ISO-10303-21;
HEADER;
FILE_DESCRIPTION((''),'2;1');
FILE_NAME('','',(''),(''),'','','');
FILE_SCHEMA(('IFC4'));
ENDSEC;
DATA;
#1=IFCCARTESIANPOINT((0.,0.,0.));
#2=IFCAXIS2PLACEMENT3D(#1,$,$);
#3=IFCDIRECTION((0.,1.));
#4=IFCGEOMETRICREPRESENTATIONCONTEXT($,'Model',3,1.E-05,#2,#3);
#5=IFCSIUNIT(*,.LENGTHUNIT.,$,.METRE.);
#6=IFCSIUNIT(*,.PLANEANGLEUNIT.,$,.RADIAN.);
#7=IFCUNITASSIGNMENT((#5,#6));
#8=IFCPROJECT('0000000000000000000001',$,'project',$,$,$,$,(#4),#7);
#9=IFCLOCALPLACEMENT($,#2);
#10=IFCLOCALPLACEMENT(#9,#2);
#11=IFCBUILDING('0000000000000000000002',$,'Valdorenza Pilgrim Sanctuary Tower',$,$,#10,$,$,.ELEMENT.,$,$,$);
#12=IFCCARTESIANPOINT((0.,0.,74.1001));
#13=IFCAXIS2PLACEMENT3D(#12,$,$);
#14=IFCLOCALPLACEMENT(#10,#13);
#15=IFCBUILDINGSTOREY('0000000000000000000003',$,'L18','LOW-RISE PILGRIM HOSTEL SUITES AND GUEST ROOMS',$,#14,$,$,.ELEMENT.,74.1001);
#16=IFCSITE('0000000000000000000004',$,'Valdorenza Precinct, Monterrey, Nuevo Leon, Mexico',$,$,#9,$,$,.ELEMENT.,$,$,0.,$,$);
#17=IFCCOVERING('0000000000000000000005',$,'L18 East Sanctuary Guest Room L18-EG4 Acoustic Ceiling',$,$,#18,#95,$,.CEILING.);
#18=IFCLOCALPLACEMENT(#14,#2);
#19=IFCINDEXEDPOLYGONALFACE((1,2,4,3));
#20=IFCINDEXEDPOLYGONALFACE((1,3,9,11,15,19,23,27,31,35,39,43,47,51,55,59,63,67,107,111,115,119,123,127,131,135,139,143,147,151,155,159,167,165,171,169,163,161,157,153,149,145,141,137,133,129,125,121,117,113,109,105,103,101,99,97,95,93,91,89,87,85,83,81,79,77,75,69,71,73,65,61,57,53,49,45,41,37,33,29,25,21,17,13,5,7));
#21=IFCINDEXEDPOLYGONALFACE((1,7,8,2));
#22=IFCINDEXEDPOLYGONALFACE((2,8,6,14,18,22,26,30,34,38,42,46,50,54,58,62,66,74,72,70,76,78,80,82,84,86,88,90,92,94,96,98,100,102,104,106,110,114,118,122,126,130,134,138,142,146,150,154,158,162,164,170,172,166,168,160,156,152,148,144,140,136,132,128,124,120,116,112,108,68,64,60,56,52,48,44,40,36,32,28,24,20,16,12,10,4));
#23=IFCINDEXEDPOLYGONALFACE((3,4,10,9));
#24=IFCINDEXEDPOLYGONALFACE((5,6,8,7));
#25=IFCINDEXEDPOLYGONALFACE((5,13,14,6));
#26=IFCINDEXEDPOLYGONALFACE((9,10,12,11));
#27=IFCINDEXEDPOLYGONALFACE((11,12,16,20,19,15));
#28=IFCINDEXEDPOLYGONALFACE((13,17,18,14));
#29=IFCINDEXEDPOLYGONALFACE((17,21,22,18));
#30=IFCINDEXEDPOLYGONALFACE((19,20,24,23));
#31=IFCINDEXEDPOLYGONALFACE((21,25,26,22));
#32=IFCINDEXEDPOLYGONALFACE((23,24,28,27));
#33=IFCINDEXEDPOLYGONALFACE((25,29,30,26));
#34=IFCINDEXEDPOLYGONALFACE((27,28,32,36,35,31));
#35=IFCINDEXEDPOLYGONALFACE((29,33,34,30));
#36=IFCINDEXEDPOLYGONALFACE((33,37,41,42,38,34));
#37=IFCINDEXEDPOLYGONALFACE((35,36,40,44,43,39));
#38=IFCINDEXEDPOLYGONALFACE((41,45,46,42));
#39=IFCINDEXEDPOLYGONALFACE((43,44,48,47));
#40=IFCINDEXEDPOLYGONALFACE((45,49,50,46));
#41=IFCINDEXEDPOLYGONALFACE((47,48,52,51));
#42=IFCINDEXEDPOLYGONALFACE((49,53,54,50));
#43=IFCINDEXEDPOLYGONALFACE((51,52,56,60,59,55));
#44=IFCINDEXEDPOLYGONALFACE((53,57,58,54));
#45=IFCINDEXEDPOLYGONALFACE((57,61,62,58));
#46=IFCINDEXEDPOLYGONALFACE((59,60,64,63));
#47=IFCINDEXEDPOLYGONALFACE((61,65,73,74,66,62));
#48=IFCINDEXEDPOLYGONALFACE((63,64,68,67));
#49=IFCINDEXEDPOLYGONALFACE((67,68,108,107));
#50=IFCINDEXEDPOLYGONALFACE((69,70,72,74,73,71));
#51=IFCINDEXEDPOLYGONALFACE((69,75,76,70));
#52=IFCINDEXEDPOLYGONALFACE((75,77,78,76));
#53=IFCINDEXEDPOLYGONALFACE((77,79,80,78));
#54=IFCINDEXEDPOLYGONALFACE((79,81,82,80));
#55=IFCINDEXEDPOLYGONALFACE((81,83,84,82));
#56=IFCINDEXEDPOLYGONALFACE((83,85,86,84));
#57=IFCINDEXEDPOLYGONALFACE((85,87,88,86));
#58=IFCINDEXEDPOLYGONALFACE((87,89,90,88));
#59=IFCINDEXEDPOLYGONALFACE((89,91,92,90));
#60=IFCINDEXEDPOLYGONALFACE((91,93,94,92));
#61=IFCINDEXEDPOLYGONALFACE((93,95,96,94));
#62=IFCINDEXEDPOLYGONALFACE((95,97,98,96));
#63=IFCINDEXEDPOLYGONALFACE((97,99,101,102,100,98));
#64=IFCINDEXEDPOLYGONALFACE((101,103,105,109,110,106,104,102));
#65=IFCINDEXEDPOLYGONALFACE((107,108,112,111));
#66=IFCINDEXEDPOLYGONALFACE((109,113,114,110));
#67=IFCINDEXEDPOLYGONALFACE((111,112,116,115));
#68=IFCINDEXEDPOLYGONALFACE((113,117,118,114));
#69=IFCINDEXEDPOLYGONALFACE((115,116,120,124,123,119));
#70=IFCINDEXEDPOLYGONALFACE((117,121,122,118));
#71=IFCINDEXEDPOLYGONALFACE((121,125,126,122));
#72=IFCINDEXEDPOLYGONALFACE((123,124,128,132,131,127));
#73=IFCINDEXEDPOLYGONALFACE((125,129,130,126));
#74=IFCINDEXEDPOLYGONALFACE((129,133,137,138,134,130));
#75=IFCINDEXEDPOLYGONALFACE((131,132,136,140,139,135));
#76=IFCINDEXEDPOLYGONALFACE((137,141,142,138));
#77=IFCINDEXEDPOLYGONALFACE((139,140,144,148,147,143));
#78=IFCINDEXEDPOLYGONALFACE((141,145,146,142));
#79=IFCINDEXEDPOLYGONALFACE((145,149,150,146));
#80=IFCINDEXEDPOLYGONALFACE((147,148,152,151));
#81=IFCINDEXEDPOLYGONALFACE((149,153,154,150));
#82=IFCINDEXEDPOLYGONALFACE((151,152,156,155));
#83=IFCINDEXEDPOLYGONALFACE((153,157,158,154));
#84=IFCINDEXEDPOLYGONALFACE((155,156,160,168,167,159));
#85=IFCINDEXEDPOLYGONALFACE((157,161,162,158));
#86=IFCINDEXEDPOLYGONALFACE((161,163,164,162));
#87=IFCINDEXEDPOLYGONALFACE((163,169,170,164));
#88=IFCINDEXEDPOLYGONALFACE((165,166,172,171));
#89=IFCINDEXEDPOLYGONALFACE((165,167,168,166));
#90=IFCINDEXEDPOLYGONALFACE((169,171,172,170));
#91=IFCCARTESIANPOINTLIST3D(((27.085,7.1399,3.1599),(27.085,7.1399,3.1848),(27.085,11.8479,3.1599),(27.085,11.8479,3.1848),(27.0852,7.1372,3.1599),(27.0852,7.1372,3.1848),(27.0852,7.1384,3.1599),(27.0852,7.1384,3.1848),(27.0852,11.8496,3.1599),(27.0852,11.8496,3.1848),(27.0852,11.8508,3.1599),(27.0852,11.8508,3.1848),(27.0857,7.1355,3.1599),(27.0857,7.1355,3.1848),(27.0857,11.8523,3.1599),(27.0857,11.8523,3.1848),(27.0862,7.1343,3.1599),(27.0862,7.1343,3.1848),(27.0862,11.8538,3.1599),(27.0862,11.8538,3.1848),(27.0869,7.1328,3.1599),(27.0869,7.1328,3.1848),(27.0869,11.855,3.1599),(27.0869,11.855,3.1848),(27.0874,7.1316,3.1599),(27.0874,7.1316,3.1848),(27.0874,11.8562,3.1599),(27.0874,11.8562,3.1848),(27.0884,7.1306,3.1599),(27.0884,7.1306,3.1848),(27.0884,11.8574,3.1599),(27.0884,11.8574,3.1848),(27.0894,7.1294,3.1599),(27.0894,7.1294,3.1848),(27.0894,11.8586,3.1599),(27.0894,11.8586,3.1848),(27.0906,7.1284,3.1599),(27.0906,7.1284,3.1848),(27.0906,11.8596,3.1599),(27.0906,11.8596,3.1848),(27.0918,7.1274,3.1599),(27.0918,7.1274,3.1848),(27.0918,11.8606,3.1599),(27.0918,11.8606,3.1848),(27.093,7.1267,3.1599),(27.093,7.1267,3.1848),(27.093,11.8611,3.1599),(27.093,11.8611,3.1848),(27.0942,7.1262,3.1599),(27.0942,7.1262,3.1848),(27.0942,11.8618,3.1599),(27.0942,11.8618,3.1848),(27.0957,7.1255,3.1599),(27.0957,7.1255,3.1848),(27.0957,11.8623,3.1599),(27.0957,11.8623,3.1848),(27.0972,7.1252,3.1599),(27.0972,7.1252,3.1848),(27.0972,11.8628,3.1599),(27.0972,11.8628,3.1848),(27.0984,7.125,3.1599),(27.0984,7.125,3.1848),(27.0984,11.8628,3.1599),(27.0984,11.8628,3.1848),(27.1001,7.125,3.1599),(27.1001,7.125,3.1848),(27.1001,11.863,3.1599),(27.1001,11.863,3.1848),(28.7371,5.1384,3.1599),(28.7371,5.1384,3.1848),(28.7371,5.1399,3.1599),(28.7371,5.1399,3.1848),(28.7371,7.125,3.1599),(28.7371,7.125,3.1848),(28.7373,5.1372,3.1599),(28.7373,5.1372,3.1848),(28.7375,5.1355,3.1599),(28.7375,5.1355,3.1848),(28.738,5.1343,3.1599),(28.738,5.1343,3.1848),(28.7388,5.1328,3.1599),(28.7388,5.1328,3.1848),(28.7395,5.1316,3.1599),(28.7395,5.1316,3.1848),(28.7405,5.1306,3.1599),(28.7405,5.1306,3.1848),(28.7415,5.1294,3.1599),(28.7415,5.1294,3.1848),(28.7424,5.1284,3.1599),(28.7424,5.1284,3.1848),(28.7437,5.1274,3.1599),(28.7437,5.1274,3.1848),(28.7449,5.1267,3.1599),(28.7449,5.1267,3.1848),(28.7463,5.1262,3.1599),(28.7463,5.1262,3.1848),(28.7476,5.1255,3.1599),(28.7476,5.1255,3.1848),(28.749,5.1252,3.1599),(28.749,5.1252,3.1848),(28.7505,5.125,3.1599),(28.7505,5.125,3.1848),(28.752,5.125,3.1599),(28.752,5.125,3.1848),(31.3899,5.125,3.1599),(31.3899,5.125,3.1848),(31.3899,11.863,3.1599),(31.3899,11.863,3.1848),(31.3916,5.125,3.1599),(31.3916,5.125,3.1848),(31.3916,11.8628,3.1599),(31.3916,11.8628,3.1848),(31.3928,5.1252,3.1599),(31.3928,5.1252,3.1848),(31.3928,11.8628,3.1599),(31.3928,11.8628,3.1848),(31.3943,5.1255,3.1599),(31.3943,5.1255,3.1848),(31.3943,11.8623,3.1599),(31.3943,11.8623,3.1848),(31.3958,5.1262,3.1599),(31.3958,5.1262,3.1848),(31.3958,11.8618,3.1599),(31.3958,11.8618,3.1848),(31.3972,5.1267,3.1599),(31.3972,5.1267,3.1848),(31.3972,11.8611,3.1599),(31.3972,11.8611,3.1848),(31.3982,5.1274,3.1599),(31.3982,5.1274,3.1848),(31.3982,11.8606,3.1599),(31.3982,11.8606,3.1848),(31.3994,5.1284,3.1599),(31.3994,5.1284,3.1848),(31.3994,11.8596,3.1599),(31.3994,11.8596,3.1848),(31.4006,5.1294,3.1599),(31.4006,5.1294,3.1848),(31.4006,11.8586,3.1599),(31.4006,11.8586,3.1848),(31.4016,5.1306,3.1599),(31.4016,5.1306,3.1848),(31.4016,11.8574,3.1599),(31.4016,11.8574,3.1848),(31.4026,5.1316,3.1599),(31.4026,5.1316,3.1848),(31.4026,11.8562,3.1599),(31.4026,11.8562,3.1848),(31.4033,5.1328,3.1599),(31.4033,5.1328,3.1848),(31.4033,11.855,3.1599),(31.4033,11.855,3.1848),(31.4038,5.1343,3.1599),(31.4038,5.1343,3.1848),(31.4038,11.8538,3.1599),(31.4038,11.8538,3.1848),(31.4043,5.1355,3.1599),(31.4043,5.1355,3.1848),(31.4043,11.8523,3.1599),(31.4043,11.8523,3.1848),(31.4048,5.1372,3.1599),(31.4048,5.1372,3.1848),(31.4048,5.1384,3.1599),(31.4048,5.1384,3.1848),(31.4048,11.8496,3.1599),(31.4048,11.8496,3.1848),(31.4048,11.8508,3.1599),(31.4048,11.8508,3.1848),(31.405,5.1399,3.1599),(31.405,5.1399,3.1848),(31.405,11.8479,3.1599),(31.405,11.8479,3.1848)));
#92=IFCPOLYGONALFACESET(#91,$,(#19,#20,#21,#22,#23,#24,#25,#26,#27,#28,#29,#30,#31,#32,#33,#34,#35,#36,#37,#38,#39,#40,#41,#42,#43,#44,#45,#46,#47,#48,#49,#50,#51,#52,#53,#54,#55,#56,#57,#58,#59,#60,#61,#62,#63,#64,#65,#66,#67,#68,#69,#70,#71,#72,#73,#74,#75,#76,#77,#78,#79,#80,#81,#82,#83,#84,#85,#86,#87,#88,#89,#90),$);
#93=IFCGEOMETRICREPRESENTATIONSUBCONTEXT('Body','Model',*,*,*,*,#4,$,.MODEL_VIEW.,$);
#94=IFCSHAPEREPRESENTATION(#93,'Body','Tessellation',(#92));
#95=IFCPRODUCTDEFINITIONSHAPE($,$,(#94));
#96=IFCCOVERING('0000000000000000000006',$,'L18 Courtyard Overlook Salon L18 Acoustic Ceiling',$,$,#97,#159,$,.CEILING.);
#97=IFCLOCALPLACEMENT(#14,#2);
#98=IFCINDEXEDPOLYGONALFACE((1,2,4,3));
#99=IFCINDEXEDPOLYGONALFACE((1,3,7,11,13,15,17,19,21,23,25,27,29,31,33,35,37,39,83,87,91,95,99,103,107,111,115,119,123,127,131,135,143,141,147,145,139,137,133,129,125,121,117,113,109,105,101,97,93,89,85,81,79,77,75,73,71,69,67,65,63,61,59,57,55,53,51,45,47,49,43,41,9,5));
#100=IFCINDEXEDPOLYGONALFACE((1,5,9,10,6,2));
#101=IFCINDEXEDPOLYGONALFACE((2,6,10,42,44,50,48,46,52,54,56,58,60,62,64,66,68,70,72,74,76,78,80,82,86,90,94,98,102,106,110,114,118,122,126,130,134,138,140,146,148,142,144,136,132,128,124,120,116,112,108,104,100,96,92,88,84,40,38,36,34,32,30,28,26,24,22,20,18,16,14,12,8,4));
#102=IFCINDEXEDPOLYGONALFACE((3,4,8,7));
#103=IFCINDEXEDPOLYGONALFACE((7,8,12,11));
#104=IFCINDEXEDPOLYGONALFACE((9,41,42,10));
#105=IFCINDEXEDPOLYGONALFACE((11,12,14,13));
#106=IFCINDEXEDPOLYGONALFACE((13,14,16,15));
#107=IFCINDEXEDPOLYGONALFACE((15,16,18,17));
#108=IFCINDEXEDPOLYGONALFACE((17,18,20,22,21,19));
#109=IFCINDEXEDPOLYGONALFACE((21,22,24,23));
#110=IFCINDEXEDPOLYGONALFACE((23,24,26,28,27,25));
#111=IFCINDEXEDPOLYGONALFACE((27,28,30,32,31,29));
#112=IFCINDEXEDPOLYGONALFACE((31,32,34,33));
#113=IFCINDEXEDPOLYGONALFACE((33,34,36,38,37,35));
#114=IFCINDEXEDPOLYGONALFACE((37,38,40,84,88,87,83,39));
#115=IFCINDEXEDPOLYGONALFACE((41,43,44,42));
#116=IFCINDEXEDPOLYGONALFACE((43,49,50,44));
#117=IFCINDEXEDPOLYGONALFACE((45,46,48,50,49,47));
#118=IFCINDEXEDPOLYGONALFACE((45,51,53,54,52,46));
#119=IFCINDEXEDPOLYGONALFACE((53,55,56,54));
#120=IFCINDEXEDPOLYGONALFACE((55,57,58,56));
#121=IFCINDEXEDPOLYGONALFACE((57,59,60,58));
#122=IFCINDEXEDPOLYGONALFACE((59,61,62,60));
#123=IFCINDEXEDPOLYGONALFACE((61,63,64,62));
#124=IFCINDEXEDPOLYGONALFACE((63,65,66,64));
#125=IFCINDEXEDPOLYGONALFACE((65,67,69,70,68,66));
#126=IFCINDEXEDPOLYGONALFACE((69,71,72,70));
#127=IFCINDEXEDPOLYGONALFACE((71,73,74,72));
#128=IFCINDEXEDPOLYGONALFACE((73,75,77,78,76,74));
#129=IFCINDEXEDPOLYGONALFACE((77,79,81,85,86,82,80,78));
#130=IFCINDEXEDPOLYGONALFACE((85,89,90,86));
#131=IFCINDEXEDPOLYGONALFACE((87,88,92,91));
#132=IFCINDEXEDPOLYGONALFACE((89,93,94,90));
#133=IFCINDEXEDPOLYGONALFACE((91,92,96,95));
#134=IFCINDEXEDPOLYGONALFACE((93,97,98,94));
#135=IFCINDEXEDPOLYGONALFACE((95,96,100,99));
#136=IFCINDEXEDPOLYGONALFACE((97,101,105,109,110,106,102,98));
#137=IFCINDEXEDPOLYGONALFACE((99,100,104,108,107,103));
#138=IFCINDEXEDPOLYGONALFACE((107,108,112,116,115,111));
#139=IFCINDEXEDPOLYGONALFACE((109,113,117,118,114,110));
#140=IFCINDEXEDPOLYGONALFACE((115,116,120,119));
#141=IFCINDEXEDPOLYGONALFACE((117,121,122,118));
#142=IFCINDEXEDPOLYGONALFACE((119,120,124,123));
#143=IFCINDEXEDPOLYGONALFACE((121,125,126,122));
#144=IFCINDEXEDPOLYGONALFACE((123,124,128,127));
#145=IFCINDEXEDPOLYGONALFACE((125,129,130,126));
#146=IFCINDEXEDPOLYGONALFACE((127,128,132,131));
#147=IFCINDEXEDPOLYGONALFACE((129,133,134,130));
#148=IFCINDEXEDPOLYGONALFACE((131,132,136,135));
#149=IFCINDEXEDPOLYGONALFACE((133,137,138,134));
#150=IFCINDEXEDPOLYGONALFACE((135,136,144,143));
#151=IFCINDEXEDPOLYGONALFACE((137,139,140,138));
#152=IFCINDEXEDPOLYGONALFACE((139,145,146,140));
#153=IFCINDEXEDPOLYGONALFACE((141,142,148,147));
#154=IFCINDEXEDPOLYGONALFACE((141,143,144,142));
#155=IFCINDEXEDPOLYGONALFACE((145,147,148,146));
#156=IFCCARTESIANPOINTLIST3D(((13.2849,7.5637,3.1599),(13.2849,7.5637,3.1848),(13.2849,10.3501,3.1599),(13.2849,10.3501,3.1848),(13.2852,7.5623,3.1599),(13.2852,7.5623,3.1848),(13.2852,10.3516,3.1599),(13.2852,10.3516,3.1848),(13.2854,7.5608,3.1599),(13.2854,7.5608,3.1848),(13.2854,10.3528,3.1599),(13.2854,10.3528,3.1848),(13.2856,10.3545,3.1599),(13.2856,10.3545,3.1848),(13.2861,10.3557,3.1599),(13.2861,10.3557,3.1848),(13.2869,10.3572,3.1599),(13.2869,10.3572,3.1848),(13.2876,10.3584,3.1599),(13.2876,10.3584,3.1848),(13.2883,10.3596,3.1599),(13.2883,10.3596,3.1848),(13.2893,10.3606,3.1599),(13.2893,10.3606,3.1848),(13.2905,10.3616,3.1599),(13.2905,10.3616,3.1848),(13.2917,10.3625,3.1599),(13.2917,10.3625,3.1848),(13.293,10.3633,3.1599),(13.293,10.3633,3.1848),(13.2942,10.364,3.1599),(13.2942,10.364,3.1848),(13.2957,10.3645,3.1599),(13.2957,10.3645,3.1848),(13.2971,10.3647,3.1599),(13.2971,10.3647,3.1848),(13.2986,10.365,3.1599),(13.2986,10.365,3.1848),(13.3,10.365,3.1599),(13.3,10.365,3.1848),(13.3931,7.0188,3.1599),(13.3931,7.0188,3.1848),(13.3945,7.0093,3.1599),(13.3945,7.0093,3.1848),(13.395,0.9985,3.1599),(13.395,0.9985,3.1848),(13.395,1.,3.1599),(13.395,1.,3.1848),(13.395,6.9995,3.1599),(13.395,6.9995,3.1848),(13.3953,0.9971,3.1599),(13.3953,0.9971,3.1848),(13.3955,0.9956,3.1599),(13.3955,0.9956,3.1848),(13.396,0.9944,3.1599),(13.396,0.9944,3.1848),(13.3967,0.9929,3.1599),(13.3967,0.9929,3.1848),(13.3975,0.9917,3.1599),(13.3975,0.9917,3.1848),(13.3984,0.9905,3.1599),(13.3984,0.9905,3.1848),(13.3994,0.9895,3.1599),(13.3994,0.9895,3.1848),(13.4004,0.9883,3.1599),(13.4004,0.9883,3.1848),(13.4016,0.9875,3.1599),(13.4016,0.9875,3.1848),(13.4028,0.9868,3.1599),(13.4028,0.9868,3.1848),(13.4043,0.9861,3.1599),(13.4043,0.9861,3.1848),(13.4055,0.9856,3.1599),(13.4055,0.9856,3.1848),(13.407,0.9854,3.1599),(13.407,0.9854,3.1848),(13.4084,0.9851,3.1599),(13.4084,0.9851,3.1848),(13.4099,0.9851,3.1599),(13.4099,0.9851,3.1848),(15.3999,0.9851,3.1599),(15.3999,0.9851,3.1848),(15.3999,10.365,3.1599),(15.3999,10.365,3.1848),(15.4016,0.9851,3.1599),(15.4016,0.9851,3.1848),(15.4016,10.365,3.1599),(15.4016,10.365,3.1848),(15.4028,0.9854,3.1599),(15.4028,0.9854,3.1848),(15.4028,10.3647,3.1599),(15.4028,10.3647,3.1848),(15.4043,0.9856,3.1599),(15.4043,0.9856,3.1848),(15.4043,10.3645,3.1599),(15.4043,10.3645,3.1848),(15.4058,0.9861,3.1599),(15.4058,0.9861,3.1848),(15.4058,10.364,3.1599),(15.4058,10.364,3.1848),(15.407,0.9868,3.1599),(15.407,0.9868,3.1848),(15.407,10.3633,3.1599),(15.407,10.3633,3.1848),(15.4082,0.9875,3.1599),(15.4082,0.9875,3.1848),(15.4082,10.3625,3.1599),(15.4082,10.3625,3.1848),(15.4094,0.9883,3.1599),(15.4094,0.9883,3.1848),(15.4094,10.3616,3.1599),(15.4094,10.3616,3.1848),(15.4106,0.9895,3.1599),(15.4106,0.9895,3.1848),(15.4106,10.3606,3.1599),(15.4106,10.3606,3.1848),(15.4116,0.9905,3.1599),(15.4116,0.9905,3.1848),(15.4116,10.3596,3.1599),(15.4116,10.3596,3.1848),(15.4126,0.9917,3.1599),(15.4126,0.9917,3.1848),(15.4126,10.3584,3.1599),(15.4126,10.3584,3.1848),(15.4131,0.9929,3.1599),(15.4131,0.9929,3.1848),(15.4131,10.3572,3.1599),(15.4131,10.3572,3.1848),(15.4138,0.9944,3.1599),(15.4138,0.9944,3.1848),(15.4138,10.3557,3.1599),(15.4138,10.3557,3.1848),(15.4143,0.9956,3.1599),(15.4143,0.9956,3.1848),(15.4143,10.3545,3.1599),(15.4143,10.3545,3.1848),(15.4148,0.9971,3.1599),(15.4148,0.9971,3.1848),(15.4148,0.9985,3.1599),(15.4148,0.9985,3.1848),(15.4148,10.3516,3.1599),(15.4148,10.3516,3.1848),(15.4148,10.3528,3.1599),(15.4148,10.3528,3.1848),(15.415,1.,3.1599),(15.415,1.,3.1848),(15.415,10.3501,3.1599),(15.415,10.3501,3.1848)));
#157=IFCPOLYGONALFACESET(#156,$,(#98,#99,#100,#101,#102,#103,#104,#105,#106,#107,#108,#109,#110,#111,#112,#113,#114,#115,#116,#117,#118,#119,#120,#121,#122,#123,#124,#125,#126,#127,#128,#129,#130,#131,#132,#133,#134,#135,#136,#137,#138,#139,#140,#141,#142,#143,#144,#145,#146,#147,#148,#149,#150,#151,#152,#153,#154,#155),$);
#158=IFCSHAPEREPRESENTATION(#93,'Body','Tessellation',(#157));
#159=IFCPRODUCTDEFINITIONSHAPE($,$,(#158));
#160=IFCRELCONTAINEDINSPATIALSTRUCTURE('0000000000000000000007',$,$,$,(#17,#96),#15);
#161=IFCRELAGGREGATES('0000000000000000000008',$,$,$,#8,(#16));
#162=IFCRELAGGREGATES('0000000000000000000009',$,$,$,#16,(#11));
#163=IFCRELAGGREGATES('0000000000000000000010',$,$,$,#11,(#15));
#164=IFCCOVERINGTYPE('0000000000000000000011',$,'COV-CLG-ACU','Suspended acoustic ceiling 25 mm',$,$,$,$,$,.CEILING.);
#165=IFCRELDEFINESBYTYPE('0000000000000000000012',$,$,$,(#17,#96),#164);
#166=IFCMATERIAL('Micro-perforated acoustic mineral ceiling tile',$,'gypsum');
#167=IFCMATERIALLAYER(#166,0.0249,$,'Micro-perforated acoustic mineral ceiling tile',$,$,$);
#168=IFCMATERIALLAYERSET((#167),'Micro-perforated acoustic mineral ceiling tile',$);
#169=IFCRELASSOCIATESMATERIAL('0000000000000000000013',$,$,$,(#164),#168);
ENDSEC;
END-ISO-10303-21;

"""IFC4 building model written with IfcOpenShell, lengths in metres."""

from ifc_helpers import new_model, si_unit, direction, frame, origin, place, context, subcontext, project, spatial, polyline, outline, extrude, material, layer, layer_set, type_object, element, save


model = new_model("IFC4")

# Units and contexts
model_context = context("Model", 3, precision=1e-05, world=origin(), true_north=direction((0.0, 1.0)))
body_context = subcontext(model_context, "Body", "Model", "MODEL_VIEW")
ifc_project = project(units=[si_unit("LENGTHUNIT", "METRE"), si_unit("PLANEANGLEUNIT", "RADIAN")], contexts=[model_context])

# Site, building, storey
site_placement = place(None, origin())
site = spatial("IfcSite", under=ifc_project, at=site_placement, Name="Valdorenza Precinct, Monterrey, Nuevo Leon, Mexico", CompositionType="ELEMENT", RefElevation=0.0)
building_placement = place(site_placement, origin())
building = spatial("IfcBuilding", under=site, at=building_placement, Name="Valdorenza Pilgrim Sanctuary Tower", CompositionType="ELEMENT")
storey_placement = place(building_placement, frame((0.0, 0.0, 74.1001)))
storey = spatial("IfcBuildingStorey", under=building, at=storey_placement, Name="L18", Description="LOW-RISE PILGRIM HOSTEL SUITES AND GUEST ROOMS", CompositionType="ELEMENT", Elevation=74.1001)

# Coverings
ifc_material_1 = material(Name="Micro-perforated acoustic mineral ceiling tile", Category="gypsum")
ifc_layer_1 = layer(ifc_material_1, 0.0249, Name="Micro-perforated acoustic mineral ceiling tile")
ifc_layer_set_1 = layer_set([ifc_layer_1], Name="Micro-perforated acoustic mineral ceiling tile")
covering_type_1 = type_object("IfcCoveringType", Name="COV-CLG-ACU", Description="Suspended acoustic ceiling 25 mm", PredefinedType="CEILING", material=ifc_layer_set_1)
covering_1_placement = place(storey_placement, frame((0.0, 0.0, 3.1599)))
element("IfcCovering", 1, at=covering_1_placement, inside=storey, type_object=covering_type_1, Name="L18 East Sanctuary Guest Room L18-EG4 Acoustic Ceiling", PredefinedType="CEILING", context=body_context, shape_type="SweptSolid", body=[
    extrude(outline(polyline([(28.7371, 7.125), (27.1001, 7.125), (27.0984, 7.125), (27.0972, 7.1252), (27.0957, 7.1255), (27.0942, 7.1262), (27.093, 7.1267), (27.0918, 7.1274), (27.0906, 7.1284), (27.0894, 7.1294), (27.0884, 7.1306), (27.0874, 7.1316), (27.0869, 7.1328), (27.0862, 7.1343), (27.0857, 7.1355), (27.0852, 7.1372), (27.0852, 7.1384), (27.085, 7.1399), (27.085, 11.8479), (27.0852, 11.8496), (27.0852, 11.8508), (27.0857, 11.8523), (27.0862, 11.8538), (27.0869, 11.855), (27.0874, 11.8562), (27.0884, 11.8574), (27.0894, 11.8586), (27.0906, 11.8596), (27.0918, 11.8606), (27.093, 11.8611), (27.0942, 11.8618), (27.0957, 11.8623), (27.0972, 11.8628), (27.0984, 11.8628), (27.1001, 11.863), (31.3899, 11.863), (31.3916, 11.8628), (31.3928, 11.8628), (31.3943, 11.8623), (31.3958, 11.8618), (31.3972, 11.8611), (31.3982, 11.8606), (31.3994, 11.8596), (31.4006, 11.8586), (31.4016, 11.8574), (31.4026, 11.8562), (31.4033, 11.855), (31.4038, 11.8538), (31.4043, 11.8523), (31.4048, 11.8508), (31.4048, 11.8496), (31.405, 11.8479), (31.405, 5.1399), (31.4048, 5.1384), (31.4048, 5.1372), (31.4043, 5.1355), (31.4038, 5.1343), (31.4033, 5.1328), (31.4026, 5.1316), (31.4016, 5.1306), (31.4006, 5.1294), (31.3994, 5.1284), (31.3982, 5.1274), (31.3972, 5.1267), (31.3958, 5.1262), (31.3943, 5.1255), (31.3928, 5.1252), (31.3916, 5.125), (31.3899, 5.125), (28.752, 5.125), (28.7505, 5.125), (28.749, 5.1252), (28.7476, 5.1255), (28.7463, 5.1262), (28.7449, 5.1267), (28.7437, 5.1274), (28.7424, 5.1284), (28.7415, 5.1294), (28.7405, 5.1306), (28.7395, 5.1316), (28.7388, 5.1328), (28.738, 5.1343), (28.7375, 5.1355), (28.7373, 5.1372), (28.7371, 5.1384), (28.7371, 5.1399), (28.7371, 7.125)])), origin(), (0.0, 0.0, 1.0), 0.0249),
])
covering_2_placement = place(storey_placement, frame((0.0, 0.0, 3.1599)))
element("IfcCovering", 2, at=covering_2_placement, inside=storey, type_object=covering_type_1, Name="L18 Courtyard Overlook Salon L18 Acoustic Ceiling", PredefinedType="CEILING", context=body_context, shape_type="SweptSolid", body=[
    extrude(outline(polyline([(15.3999, 10.365), (15.4016, 10.365), (15.4028, 10.3647), (15.4043, 10.3645), (15.4058, 10.364), (15.407, 10.3633), (15.4082, 10.3625), (15.4094, 10.3616), (15.4106, 10.3606), (15.4116, 10.3596), (15.4126, 10.3584), (15.4131, 10.3572), (15.4138, 10.3557), (15.4143, 10.3545), (15.4148, 10.3528), (15.4148, 10.3516), (15.415, 10.3501), (15.415, 1.0), (15.4148, 0.9985), (15.4148, 0.9971), (15.4143, 0.9956), (15.4138, 0.9944), (15.4131, 0.9929), (15.4126, 0.9917), (15.4116, 0.9905), (15.4106, 0.9895), (15.4094, 0.9883), (15.4082, 0.9875), (15.407, 0.9868), (15.4058, 0.9861), (15.4043, 0.9856), (15.4028, 0.9854), (15.4016, 0.9851), (15.3999, 0.9851), (13.4099, 0.9851), (13.4084, 0.9851), (13.407, 0.9854), (13.4055, 0.9856), (13.4043, 0.9861), (13.4028, 0.9868), (13.4016, 0.9875), (13.4004, 0.9883), (13.3994, 0.9895), (13.3984, 0.9905), (13.3975, 0.9917), (13.3967, 0.9929), (13.396, 0.9944), (13.3955, 0.9956), (13.3953, 0.9971), (13.395, 0.9985), (13.395, 1.0), (13.395, 6.9995), (13.3945, 7.0093), (13.3931, 7.0188), (13.2854, 7.5608), (13.2852, 7.5623), (13.2849, 7.5637), (13.2849, 10.3501), (13.2852, 10.3516), (13.2854, 10.3528), (13.2856, 10.3545), (13.2861, 10.3557), (13.2869, 10.3572), (13.2876, 10.3584), (13.2883, 10.3596), (13.2893, 10.3606), (13.2905, 10.3616), (13.2917, 10.3625), (13.293, 10.3633), (13.2942, 10.364), (13.2957, 10.3645), (13.2971, 10.3647), (13.2986, 10.365), (13.3, 10.365), (15.3999, 10.365)])), origin(), (0.0, 0.0, 1.0), 0.0249),
])

save(model, "model.ifc")
